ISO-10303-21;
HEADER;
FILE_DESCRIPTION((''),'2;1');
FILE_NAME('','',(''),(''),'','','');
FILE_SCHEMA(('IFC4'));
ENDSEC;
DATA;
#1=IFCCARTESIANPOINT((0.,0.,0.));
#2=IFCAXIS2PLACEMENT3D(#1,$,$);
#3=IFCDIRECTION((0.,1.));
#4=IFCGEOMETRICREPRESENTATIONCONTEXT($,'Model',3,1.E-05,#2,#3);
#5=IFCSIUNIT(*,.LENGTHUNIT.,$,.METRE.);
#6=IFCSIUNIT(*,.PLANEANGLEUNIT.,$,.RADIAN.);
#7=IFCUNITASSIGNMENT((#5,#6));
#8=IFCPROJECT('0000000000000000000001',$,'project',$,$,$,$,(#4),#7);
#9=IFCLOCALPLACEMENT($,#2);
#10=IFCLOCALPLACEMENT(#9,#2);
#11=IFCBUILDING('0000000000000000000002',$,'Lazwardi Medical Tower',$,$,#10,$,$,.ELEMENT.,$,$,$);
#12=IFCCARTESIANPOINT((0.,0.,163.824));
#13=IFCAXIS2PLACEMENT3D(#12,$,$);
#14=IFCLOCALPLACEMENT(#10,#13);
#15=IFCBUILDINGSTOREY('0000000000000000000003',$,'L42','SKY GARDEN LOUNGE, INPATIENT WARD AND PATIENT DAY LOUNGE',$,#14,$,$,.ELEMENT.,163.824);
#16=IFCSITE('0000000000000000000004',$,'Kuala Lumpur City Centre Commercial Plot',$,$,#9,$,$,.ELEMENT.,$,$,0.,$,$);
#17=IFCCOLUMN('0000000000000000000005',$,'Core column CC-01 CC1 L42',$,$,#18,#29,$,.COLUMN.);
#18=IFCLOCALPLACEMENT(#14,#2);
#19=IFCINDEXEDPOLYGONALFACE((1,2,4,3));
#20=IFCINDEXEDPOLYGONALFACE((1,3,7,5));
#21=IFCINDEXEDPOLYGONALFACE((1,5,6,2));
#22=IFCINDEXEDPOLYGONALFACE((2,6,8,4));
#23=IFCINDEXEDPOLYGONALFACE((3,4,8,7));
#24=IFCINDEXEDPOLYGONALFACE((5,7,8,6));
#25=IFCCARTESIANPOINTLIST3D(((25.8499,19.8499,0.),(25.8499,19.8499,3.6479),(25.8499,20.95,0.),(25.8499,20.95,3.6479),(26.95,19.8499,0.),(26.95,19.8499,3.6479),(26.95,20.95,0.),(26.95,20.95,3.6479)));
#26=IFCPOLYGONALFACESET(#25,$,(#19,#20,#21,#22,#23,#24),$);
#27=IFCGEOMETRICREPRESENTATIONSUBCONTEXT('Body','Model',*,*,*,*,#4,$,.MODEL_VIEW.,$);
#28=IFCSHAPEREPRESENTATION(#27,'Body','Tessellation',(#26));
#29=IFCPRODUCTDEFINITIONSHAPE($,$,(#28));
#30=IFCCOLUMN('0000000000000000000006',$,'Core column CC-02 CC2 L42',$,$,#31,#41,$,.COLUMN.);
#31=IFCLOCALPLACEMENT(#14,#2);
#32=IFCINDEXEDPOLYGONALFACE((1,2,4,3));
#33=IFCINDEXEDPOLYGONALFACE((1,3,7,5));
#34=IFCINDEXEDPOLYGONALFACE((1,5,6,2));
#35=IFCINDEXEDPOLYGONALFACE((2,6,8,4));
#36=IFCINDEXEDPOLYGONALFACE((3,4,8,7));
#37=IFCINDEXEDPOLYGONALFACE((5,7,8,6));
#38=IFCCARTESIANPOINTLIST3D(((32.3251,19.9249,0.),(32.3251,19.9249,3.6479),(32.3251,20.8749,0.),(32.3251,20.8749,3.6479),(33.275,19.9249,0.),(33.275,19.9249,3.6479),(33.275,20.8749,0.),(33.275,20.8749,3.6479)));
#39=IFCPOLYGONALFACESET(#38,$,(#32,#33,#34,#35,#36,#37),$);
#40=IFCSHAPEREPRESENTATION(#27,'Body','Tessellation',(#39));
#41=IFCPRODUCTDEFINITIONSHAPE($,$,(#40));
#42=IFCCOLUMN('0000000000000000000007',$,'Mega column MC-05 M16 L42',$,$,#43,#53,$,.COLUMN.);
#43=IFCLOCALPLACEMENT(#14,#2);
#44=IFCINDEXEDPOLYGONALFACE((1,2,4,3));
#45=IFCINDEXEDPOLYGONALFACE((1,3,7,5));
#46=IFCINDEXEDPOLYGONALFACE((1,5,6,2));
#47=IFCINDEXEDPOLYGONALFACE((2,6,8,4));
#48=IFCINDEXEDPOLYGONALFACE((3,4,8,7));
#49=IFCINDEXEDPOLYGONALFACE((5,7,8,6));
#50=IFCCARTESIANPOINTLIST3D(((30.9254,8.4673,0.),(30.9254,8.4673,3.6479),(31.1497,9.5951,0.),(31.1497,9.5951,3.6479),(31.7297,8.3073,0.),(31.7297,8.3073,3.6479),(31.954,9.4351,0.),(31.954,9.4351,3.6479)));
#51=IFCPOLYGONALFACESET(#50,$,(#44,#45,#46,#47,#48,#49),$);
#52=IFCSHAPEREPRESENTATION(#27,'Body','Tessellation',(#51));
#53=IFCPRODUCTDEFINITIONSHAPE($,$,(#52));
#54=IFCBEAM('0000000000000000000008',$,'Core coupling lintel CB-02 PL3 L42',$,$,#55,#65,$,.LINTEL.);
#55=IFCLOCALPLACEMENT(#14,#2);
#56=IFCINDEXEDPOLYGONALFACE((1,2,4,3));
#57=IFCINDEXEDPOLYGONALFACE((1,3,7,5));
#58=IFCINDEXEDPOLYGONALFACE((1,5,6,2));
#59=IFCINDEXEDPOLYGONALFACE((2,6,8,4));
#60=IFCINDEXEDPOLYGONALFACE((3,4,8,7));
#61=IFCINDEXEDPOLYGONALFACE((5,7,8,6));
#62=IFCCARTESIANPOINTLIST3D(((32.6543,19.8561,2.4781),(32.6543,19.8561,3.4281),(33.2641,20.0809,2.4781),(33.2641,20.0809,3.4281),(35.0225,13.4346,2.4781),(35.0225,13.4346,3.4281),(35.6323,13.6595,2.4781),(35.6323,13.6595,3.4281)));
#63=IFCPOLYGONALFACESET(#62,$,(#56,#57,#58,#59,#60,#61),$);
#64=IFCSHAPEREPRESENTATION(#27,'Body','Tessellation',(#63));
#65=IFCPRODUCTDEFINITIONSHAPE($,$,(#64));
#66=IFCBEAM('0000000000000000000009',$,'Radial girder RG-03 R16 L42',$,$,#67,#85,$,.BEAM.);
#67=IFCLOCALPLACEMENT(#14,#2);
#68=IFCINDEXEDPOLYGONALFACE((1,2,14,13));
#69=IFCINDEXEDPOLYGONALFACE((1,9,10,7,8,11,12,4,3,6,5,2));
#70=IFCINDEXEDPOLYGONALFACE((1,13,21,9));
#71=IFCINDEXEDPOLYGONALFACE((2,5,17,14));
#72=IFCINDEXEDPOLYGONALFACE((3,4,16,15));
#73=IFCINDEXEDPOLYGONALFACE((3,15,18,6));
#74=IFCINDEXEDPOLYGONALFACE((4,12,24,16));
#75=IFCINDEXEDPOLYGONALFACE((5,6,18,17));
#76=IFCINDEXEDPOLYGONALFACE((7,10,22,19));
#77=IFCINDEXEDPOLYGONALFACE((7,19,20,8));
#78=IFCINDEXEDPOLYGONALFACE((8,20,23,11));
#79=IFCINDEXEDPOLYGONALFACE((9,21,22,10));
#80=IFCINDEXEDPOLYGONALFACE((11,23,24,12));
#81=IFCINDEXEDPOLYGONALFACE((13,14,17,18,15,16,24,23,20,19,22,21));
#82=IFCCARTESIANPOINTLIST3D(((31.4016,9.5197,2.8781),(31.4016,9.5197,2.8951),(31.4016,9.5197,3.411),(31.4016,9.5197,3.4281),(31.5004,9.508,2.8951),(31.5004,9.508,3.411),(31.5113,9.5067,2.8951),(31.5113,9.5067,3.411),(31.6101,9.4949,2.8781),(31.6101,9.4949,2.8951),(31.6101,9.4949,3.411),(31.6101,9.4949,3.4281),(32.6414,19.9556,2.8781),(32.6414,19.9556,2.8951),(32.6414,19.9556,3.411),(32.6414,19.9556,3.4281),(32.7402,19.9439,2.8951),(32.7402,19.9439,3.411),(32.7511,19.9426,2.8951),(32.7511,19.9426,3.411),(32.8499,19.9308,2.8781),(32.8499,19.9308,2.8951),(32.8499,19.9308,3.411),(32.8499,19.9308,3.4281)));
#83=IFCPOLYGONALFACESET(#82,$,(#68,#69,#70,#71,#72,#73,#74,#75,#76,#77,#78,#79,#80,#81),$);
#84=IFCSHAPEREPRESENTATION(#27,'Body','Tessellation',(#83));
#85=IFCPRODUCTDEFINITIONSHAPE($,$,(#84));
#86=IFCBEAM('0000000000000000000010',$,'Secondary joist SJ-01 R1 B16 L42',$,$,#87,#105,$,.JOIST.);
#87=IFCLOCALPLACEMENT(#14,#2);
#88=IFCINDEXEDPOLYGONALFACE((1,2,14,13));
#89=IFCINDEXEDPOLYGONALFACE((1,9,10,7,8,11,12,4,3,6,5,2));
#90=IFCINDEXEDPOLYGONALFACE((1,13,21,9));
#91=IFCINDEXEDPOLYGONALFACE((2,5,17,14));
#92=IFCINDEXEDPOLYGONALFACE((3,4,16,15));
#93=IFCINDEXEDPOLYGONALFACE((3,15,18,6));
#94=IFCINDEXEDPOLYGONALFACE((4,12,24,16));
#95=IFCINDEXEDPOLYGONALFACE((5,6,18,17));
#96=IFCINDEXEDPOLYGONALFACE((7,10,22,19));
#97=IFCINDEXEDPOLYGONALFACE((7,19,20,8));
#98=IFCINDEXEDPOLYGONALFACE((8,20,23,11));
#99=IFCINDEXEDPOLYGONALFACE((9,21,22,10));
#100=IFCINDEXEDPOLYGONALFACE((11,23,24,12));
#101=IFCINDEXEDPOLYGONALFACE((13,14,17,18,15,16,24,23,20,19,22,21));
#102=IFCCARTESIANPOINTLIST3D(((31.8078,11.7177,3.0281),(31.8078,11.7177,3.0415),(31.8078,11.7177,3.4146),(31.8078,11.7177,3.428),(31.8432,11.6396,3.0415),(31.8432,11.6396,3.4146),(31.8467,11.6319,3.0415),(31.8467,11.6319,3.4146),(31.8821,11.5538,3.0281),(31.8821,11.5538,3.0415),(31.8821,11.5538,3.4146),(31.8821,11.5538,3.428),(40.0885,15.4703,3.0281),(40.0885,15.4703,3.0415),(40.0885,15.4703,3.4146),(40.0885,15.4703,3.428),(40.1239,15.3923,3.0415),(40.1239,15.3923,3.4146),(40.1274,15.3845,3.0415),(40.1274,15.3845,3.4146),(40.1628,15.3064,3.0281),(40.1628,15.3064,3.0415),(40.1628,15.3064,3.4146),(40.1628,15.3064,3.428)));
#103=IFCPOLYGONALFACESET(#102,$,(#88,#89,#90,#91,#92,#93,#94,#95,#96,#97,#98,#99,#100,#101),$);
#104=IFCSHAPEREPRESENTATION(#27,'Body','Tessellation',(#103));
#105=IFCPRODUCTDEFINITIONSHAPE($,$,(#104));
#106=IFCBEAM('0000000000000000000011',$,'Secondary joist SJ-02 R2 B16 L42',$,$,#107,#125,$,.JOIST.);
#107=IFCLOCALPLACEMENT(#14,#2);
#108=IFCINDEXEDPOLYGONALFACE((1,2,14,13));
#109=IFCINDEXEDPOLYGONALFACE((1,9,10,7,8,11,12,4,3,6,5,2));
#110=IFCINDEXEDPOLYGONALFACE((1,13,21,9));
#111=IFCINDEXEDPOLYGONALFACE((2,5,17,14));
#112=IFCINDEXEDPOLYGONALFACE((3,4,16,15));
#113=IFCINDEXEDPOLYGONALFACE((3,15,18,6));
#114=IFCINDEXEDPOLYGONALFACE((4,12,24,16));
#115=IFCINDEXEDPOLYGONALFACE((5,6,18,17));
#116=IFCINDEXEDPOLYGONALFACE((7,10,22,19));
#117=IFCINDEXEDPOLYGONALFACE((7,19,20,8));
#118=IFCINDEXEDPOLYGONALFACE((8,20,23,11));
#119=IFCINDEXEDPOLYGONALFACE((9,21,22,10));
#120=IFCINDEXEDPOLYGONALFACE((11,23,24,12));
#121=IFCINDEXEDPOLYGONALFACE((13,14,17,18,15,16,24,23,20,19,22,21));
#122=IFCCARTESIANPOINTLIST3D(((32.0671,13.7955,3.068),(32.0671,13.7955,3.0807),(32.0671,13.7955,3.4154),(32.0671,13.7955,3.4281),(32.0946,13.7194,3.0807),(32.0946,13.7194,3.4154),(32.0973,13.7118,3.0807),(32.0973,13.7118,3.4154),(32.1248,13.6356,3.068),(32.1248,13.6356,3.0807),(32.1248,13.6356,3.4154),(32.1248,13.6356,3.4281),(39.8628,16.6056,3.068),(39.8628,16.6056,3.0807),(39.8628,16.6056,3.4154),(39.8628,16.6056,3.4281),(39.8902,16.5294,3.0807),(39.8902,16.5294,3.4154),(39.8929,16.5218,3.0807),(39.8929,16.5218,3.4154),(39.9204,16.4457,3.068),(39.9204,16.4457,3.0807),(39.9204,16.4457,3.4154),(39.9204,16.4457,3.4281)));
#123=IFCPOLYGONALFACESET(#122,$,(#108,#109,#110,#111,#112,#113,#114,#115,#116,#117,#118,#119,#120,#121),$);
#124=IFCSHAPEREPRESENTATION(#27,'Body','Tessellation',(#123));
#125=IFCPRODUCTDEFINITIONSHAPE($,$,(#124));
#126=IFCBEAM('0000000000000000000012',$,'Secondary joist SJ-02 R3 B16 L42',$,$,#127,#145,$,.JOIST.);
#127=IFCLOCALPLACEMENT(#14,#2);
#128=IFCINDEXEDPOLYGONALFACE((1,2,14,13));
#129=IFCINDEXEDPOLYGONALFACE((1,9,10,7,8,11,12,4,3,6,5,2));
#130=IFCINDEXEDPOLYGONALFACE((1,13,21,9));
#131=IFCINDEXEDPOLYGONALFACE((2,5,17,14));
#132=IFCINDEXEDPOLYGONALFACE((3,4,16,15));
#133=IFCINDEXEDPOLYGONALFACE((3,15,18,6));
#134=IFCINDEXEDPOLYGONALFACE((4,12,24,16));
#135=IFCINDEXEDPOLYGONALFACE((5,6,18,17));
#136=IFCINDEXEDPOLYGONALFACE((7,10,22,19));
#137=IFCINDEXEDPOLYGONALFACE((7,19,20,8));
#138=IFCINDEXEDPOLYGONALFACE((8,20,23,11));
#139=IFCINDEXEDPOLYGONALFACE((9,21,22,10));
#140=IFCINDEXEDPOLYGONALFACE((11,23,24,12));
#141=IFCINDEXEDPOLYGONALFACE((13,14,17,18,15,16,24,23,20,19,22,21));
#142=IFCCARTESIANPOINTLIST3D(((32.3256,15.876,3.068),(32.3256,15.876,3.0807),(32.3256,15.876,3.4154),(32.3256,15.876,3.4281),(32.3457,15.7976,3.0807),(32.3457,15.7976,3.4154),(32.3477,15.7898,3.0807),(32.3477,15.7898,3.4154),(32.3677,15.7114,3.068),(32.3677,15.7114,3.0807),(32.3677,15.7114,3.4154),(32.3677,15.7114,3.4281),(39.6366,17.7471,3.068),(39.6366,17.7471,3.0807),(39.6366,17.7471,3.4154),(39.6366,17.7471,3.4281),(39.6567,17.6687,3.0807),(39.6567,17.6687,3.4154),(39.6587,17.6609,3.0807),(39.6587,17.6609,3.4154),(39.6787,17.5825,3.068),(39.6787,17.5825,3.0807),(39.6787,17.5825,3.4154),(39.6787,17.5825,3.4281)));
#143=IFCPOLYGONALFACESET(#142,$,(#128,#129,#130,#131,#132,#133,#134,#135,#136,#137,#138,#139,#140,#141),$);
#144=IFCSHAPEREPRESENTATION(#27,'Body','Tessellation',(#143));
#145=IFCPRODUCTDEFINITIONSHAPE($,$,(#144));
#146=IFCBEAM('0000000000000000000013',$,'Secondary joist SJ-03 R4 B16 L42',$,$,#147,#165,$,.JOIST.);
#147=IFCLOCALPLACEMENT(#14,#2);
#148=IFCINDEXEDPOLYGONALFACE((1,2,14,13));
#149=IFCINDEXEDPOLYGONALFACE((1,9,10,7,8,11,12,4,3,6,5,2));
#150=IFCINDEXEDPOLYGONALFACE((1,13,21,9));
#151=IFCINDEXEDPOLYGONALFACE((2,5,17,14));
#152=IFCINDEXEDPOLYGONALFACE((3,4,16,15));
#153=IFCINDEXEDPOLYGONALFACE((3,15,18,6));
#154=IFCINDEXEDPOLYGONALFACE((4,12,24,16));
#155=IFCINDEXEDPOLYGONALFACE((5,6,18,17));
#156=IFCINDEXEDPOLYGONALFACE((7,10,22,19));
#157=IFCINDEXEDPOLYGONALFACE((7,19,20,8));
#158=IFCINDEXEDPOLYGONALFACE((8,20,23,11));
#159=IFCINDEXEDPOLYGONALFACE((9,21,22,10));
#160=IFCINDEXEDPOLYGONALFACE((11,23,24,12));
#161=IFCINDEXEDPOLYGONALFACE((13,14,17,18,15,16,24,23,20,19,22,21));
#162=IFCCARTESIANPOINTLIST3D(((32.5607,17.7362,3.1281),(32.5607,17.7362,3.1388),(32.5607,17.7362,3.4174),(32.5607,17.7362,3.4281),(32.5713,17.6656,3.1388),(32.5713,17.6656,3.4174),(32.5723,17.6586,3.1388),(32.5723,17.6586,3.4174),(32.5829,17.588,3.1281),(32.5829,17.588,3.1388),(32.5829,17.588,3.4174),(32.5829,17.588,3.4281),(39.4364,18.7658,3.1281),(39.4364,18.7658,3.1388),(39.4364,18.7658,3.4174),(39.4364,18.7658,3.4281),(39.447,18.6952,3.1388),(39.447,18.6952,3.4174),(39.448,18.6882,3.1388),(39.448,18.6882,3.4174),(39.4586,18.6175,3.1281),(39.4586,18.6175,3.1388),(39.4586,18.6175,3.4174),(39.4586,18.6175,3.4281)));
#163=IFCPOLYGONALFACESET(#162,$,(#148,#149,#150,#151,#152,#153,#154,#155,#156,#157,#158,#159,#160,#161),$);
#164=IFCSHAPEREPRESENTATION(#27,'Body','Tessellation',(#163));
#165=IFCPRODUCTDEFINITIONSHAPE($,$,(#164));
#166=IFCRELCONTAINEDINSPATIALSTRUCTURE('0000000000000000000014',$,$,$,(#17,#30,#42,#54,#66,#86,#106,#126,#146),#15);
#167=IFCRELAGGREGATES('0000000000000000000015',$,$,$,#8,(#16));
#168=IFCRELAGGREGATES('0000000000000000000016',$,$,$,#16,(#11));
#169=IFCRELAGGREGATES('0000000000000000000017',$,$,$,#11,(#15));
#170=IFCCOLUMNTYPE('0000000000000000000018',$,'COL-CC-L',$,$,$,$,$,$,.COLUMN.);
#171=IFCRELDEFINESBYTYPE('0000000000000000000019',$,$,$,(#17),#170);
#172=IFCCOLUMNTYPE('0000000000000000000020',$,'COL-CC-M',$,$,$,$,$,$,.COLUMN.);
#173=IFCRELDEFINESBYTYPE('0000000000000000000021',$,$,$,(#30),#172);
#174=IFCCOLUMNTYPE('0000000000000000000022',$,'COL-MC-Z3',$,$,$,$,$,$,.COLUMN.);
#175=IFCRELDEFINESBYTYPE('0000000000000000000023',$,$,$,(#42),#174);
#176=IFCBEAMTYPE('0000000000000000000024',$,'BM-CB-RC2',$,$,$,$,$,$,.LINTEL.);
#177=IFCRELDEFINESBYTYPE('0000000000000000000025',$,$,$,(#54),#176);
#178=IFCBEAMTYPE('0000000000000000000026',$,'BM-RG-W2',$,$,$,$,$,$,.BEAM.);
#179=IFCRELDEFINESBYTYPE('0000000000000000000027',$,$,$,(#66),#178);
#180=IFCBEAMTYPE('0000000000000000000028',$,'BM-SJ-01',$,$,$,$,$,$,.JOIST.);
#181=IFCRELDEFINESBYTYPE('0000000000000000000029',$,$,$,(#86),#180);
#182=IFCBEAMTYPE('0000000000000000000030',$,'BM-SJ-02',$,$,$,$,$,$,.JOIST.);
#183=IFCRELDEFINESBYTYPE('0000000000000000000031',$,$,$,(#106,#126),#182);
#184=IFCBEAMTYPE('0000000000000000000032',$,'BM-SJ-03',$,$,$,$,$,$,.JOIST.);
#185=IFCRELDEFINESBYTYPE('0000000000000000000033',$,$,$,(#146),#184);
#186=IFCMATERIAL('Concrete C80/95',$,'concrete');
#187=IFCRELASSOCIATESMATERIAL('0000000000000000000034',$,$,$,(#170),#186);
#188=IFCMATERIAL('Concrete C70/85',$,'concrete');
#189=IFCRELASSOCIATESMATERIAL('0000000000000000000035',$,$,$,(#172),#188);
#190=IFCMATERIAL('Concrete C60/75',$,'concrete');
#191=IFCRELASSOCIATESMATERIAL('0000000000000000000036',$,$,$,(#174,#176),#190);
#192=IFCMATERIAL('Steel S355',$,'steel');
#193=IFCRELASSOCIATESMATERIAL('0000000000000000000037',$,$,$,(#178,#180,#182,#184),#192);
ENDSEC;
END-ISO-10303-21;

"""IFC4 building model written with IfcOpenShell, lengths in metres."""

from ifc_helpers import new_model, si_unit, direction, frame, origin, origin_2d, place, context, subcontext, project, spatial, rectangle, i_section, extrude, material, material_profile, profile_set, type_object, element, save


model = new_model("IFC4")

# Units and contexts
model_context = context("Model", 3, precision=1e-05, world=origin(), true_north=direction((0.0, 1.0)))
body_context = subcontext(model_context, "Body", "Model", "MODEL_VIEW")
ifc_project = project(units=[si_unit("LENGTHUNIT", "METRE"), si_unit("PLANEANGLEUNIT", "RADIAN")], contexts=[model_context])

# Site, building, storey
site_placement = place(None, origin())
site = spatial("IfcSite", under=ifc_project, at=site_placement, Name="Kuala Lumpur City Centre Commercial Plot", CompositionType="ELEMENT", RefElevation=0.0)
building_placement = place(site_placement, origin())
building = spatial("IfcBuilding", under=site, at=building_placement, Name="Lazwardi Medical Tower", CompositionType="ELEMENT")
storey_placement = place(building_placement, frame((0.0, 0.0, 163.824)))
storey = spatial("IfcBuildingStorey", under=building, at=storey_placement, Name="L42", Description="SKY GARDEN LOUNGE, INPATIENT WARD AND PATIENT DAY LOUNGE", CompositionType="ELEMENT", Elevation=163.824)

# Columns
ifc_material_1 = material(Name="Concrete C80/95", Category="concrete")
ifc_material_profile_1 = material_profile(ifc_material_1, rectangle(XDim=1.1001, YDim=1.1001, at=origin_2d()), Name="RC 1100x1100")
ifc_profile_set_1 = profile_set([ifc_material_profile_1], Name="Concrete C80/95")
column_type_1 = type_object("IfcColumnType", Name="COL-CC-L", PredefinedType="COLUMN", material=ifc_profile_set_1)
column_1_placement = place(storey_placement, frame((26.3999, 20.3999, 0.0), z_axis=(0.0, 0.0, 1.0), x_axis=(1.0, 0.0, 0.0)))
element("IfcColumn", 1, at=column_1_placement, inside=storey, type_object=column_type_1, Name="Core column CC-01 CC1 L42", PredefinedType="COLUMN", context=body_context, shape_type="SweptSolid", body=[
    extrude(rectangle(XDim=1.1001, YDim=1.1001, at=origin_2d()), origin(), (0.0, 0.0, 1.0), 3.6479),
])
ifc_material_2 = material(Name="Concrete C70/85", Category="concrete")
ifc_material_profile_2 = material_profile(ifc_material_2, rectangle(XDim=0.95, YDim=0.95, at=origin_2d()), Name="RC 950x950")
ifc_profile_set_2 = profile_set([ifc_material_profile_2], Name="Concrete C70/85")
column_type_2 = type_object("IfcColumnType", Name="COL-CC-M", PredefinedType="COLUMN", material=ifc_profile_set_2)
column_2_placement = place(storey_placement, frame((32.8, 20.3999, 0.0), z_axis=(0.0, 0.0, 1.0), x_axis=(1.0, 0.0, 0.0)))
element("IfcColumn", 2, at=column_2_placement, inside=storey, type_object=column_type_2, Name="Core column CC-02 CC2 L42", PredefinedType="COLUMN", context=body_context, shape_type="SweptSolid", body=[
    extrude(rectangle(XDim=0.95, YDim=0.95, at=origin_2d()), origin(), (0.0, 0.0, 1.0), 3.6479),
])
ifc_material_3 = material(Name="Concrete C60/75", Category="concrete")
ifc_material_profile_3 = material_profile(ifc_material_3, rectangle(XDim=1.1499, YDim=0.8201, at=origin_2d()), Name="CFT-RECT 1150x820")
ifc_profile_set_3 = profile_set([ifc_material_profile_3], Name="Concrete C60/75")
column_type_3 = type_object("IfcColumnType", Name="COL-MC-Z3", PredefinedType="COLUMN", material=ifc_profile_set_3)
column_3_placement = place(storey_placement, frame((31.4397, 8.9512, 0.0), z_axis=(0.0, 0.0, 1.0), x_axis=(-0.19509, -0.980785, 0.0)))
element("IfcColumn", 3, at=column_3_placement, inside=storey, type_object=column_type_3, Name="Mega column MC-05 M16 L42", PredefinedType="COLUMN", context=body_context, shape_type="SweptSolid", body=[
    extrude(rectangle(XDim=1.1499, YDim=0.8201, at=origin_2d()), origin(), (0.0, 0.0, 1.0), 3.6479),
])

# Beams
ifc_material_profile_4 = material_profile(ifc_material_3, rectangle(XDim=0.6499, YDim=0.95, at=origin_2d()), Name="RC 650x950")
ifc_profile_set_4 = profile_set([ifc_material_profile_4], Name="Concrete C60/75")
beam_type_1 = type_object("IfcBeamType", Name="BM-CB-RC2", PredefinedType="LINTEL", material=ifc_profile_set_4)
beam_1_placement = place(storey_placement, frame((32.9592, 19.9685, 2.9531), z_axis=(0.346013, -0.93823, 0.0), x_axis=(0.93823, 0.346013, 0.0)))
element("IfcBeam", 4, at=beam_1_placement, inside=storey, type_object=beam_type_1, Name="Core coupling lintel CB-02 PL3 L42", PredefinedType="LINTEL", context=body_context, shape_type="SweptSolid", body=[
    extrude(rectangle(XDim=0.6499, YDim=0.95, at=origin_2d()), origin(), (0.0, 0.0, 1.0), 6.8442),
])
ifc_material_4 = material(Name="Steel S355", Category="steel")
ifc_material_profile_5 = material_profile(ifc_material_4, i_section(OverallWidth=0.21, OverallDepth=0.55, WebThickness=0.011, FlangeThickness=0.0171, at=origin_2d()), Name="IPE 550")
ifc_profile_set_5 = profile_set([ifc_material_profile_5], Name="Steel S355")
beam_type_2 = type_object("IfcBeamType", Name="BM-RG-W2", PredefinedType="BEAM", material=ifc_profile_set_5)
beam_2_placement = place(storey_placement, frame((31.5059, 9.5073, 3.1531), z_axis=(0.117968, 0.993017, 0.0), x_axis=(-0.993017, 0.117968, 0.0)))
element("IfcBeam", 5, at=beam_2_placement, inside=storey, type_object=beam_type_2, Name="Radial girder RG-03 R16 L42", PredefinedType="BEAM", context=body_context, shape_type="SweptSolid", body=[
    extrude(i_section(OverallWidth=0.21, OverallDepth=0.55, WebThickness=0.011, FlangeThickness=0.0171, at=origin_2d()), origin(), (0.0, 0.0, 1.0), 10.5093),
])
ifc_material_profile_6 = material_profile(ifc_material_4, i_section(OverallWidth=0.1799, OverallDepth=0.3999, WebThickness=0.0085, FlangeThickness=0.0134, at=origin_2d()), Name="IPE 400")
ifc_profile_set_6 = profile_set([ifc_material_profile_6], Name="Steel S355")
beam_type_3 = type_object("IfcBeamType", Name="BM-SJ-01", PredefinedType="JOIST", material=ifc_profile_set_6)
beam_3_placement = place(storey_placement, frame((31.845, 11.6357, 3.228), z_axis=(0.910834, 0.412773, 0.0), x_axis=(-0.412773, 0.910834, 0.0)))
element("IfcBeam", 6, at=beam_3_placement, inside=storey, type_object=beam_type_3, Name="Secondary joist SJ-01 R1 B16 L42", PredefinedType="JOIST", context=body_context, shape_type="SweptSolid", body=[
    extrude(i_section(OverallWidth=0.1799, OverallDepth=0.3999, WebThickness=0.0085, FlangeThickness=0.0134, at=origin_2d()), origin(), (0.0, 0.0, 1.0), 9.0913),
])
ifc_material_profile_7 = material_profile(ifc_material_4, i_section(OverallWidth=0.1699, OverallDepth=0.3601, WebThickness=0.0081, FlangeThickness=0.0127, at=origin_2d()), Name="IPE 360")
ifc_profile_set_7 = profile_set([ifc_material_profile_7], Name="Steel S355")
beam_type_4 = type_object("IfcBeamType", Name="BM-SJ-02", PredefinedType="JOIST", material=ifc_profile_set_7)
beam_4_placement = place(storey_placement, frame((32.0959, 13.7156, 3.248), z_axis=(0.940748, 0.339106, 0.0), x_axis=(-0.339106, 0.940748, 0.0)))
element("IfcBeam", 7, at=beam_4_placement, inside=storey, type_object=beam_type_4, Name="Secondary joist SJ-02 R2 B16 L42", PredefinedType="JOIST", context=body_context, shape_type="SweptSolid", body=[
    extrude(i_section(OverallWidth=0.1699, OverallDepth=0.3601, WebThickness=0.0081, FlangeThickness=0.0127, at=origin_2d()), origin(), (0.0, 0.0, 1.0), 8.2866),
])
beam_5_placement = place(storey_placement, frame((32.3467, 15.7937, 3.248), z_axis=(0.968776, 0.247936, 0.0), x_axis=(-0.247936, 0.968776, 0.0)))
element("IfcBeam", 8, at=beam_5_placement, inside=storey, type_object=beam_type_4, Name="Secondary joist SJ-02 R3 B16 L42", PredefinedType="JOIST", context=body_context, shape_type="SweptSolid", body=[
    extrude(i_section(OverallWidth=0.1699, OverallDepth=0.3601, WebThickness=0.0081, FlangeThickness=0.0127, at=origin_2d()), origin(), (0.0, 0.0, 1.0), 7.5466),
])
ifc_material_profile_8 = material_profile(ifc_material_4, i_section(OverallWidth=0.1499, OverallDepth=0.3, WebThickness=0.0071, FlangeThickness=0.0107, at=origin_2d()), Name="IPE 300")
ifc_profile_set_8 = profile_set([ifc_material_profile_8], Name="Steel S355")
beam_type_5 = type_object("IfcBeamType", Name="BM-SJ-03", PredefinedType="JOIST", material=ifc_profile_set_8)
beam_6_placement = place(storey_placement, frame((32.5718, 17.6621, 3.2781), z_axis=(0.988975, 0.148085, 0.0), x_axis=(-0.148085, 0.988975, 0.0)))
element("IfcBeam", 9, at=beam_6_placement, inside=storey, type_object=beam_type_5, Name="Secondary joist SJ-03 R4 B16 L42", PredefinedType="JOIST", context=body_context, shape_type="SweptSolid", body=[
    extrude(i_section(OverallWidth=0.1499, OverallDepth=0.3, WebThickness=0.0071, FlangeThickness=0.0107, at=origin_2d()), origin(), (0.0, 0.0, 1.0), 6.9524),
])

save(model, "model.ifc")
